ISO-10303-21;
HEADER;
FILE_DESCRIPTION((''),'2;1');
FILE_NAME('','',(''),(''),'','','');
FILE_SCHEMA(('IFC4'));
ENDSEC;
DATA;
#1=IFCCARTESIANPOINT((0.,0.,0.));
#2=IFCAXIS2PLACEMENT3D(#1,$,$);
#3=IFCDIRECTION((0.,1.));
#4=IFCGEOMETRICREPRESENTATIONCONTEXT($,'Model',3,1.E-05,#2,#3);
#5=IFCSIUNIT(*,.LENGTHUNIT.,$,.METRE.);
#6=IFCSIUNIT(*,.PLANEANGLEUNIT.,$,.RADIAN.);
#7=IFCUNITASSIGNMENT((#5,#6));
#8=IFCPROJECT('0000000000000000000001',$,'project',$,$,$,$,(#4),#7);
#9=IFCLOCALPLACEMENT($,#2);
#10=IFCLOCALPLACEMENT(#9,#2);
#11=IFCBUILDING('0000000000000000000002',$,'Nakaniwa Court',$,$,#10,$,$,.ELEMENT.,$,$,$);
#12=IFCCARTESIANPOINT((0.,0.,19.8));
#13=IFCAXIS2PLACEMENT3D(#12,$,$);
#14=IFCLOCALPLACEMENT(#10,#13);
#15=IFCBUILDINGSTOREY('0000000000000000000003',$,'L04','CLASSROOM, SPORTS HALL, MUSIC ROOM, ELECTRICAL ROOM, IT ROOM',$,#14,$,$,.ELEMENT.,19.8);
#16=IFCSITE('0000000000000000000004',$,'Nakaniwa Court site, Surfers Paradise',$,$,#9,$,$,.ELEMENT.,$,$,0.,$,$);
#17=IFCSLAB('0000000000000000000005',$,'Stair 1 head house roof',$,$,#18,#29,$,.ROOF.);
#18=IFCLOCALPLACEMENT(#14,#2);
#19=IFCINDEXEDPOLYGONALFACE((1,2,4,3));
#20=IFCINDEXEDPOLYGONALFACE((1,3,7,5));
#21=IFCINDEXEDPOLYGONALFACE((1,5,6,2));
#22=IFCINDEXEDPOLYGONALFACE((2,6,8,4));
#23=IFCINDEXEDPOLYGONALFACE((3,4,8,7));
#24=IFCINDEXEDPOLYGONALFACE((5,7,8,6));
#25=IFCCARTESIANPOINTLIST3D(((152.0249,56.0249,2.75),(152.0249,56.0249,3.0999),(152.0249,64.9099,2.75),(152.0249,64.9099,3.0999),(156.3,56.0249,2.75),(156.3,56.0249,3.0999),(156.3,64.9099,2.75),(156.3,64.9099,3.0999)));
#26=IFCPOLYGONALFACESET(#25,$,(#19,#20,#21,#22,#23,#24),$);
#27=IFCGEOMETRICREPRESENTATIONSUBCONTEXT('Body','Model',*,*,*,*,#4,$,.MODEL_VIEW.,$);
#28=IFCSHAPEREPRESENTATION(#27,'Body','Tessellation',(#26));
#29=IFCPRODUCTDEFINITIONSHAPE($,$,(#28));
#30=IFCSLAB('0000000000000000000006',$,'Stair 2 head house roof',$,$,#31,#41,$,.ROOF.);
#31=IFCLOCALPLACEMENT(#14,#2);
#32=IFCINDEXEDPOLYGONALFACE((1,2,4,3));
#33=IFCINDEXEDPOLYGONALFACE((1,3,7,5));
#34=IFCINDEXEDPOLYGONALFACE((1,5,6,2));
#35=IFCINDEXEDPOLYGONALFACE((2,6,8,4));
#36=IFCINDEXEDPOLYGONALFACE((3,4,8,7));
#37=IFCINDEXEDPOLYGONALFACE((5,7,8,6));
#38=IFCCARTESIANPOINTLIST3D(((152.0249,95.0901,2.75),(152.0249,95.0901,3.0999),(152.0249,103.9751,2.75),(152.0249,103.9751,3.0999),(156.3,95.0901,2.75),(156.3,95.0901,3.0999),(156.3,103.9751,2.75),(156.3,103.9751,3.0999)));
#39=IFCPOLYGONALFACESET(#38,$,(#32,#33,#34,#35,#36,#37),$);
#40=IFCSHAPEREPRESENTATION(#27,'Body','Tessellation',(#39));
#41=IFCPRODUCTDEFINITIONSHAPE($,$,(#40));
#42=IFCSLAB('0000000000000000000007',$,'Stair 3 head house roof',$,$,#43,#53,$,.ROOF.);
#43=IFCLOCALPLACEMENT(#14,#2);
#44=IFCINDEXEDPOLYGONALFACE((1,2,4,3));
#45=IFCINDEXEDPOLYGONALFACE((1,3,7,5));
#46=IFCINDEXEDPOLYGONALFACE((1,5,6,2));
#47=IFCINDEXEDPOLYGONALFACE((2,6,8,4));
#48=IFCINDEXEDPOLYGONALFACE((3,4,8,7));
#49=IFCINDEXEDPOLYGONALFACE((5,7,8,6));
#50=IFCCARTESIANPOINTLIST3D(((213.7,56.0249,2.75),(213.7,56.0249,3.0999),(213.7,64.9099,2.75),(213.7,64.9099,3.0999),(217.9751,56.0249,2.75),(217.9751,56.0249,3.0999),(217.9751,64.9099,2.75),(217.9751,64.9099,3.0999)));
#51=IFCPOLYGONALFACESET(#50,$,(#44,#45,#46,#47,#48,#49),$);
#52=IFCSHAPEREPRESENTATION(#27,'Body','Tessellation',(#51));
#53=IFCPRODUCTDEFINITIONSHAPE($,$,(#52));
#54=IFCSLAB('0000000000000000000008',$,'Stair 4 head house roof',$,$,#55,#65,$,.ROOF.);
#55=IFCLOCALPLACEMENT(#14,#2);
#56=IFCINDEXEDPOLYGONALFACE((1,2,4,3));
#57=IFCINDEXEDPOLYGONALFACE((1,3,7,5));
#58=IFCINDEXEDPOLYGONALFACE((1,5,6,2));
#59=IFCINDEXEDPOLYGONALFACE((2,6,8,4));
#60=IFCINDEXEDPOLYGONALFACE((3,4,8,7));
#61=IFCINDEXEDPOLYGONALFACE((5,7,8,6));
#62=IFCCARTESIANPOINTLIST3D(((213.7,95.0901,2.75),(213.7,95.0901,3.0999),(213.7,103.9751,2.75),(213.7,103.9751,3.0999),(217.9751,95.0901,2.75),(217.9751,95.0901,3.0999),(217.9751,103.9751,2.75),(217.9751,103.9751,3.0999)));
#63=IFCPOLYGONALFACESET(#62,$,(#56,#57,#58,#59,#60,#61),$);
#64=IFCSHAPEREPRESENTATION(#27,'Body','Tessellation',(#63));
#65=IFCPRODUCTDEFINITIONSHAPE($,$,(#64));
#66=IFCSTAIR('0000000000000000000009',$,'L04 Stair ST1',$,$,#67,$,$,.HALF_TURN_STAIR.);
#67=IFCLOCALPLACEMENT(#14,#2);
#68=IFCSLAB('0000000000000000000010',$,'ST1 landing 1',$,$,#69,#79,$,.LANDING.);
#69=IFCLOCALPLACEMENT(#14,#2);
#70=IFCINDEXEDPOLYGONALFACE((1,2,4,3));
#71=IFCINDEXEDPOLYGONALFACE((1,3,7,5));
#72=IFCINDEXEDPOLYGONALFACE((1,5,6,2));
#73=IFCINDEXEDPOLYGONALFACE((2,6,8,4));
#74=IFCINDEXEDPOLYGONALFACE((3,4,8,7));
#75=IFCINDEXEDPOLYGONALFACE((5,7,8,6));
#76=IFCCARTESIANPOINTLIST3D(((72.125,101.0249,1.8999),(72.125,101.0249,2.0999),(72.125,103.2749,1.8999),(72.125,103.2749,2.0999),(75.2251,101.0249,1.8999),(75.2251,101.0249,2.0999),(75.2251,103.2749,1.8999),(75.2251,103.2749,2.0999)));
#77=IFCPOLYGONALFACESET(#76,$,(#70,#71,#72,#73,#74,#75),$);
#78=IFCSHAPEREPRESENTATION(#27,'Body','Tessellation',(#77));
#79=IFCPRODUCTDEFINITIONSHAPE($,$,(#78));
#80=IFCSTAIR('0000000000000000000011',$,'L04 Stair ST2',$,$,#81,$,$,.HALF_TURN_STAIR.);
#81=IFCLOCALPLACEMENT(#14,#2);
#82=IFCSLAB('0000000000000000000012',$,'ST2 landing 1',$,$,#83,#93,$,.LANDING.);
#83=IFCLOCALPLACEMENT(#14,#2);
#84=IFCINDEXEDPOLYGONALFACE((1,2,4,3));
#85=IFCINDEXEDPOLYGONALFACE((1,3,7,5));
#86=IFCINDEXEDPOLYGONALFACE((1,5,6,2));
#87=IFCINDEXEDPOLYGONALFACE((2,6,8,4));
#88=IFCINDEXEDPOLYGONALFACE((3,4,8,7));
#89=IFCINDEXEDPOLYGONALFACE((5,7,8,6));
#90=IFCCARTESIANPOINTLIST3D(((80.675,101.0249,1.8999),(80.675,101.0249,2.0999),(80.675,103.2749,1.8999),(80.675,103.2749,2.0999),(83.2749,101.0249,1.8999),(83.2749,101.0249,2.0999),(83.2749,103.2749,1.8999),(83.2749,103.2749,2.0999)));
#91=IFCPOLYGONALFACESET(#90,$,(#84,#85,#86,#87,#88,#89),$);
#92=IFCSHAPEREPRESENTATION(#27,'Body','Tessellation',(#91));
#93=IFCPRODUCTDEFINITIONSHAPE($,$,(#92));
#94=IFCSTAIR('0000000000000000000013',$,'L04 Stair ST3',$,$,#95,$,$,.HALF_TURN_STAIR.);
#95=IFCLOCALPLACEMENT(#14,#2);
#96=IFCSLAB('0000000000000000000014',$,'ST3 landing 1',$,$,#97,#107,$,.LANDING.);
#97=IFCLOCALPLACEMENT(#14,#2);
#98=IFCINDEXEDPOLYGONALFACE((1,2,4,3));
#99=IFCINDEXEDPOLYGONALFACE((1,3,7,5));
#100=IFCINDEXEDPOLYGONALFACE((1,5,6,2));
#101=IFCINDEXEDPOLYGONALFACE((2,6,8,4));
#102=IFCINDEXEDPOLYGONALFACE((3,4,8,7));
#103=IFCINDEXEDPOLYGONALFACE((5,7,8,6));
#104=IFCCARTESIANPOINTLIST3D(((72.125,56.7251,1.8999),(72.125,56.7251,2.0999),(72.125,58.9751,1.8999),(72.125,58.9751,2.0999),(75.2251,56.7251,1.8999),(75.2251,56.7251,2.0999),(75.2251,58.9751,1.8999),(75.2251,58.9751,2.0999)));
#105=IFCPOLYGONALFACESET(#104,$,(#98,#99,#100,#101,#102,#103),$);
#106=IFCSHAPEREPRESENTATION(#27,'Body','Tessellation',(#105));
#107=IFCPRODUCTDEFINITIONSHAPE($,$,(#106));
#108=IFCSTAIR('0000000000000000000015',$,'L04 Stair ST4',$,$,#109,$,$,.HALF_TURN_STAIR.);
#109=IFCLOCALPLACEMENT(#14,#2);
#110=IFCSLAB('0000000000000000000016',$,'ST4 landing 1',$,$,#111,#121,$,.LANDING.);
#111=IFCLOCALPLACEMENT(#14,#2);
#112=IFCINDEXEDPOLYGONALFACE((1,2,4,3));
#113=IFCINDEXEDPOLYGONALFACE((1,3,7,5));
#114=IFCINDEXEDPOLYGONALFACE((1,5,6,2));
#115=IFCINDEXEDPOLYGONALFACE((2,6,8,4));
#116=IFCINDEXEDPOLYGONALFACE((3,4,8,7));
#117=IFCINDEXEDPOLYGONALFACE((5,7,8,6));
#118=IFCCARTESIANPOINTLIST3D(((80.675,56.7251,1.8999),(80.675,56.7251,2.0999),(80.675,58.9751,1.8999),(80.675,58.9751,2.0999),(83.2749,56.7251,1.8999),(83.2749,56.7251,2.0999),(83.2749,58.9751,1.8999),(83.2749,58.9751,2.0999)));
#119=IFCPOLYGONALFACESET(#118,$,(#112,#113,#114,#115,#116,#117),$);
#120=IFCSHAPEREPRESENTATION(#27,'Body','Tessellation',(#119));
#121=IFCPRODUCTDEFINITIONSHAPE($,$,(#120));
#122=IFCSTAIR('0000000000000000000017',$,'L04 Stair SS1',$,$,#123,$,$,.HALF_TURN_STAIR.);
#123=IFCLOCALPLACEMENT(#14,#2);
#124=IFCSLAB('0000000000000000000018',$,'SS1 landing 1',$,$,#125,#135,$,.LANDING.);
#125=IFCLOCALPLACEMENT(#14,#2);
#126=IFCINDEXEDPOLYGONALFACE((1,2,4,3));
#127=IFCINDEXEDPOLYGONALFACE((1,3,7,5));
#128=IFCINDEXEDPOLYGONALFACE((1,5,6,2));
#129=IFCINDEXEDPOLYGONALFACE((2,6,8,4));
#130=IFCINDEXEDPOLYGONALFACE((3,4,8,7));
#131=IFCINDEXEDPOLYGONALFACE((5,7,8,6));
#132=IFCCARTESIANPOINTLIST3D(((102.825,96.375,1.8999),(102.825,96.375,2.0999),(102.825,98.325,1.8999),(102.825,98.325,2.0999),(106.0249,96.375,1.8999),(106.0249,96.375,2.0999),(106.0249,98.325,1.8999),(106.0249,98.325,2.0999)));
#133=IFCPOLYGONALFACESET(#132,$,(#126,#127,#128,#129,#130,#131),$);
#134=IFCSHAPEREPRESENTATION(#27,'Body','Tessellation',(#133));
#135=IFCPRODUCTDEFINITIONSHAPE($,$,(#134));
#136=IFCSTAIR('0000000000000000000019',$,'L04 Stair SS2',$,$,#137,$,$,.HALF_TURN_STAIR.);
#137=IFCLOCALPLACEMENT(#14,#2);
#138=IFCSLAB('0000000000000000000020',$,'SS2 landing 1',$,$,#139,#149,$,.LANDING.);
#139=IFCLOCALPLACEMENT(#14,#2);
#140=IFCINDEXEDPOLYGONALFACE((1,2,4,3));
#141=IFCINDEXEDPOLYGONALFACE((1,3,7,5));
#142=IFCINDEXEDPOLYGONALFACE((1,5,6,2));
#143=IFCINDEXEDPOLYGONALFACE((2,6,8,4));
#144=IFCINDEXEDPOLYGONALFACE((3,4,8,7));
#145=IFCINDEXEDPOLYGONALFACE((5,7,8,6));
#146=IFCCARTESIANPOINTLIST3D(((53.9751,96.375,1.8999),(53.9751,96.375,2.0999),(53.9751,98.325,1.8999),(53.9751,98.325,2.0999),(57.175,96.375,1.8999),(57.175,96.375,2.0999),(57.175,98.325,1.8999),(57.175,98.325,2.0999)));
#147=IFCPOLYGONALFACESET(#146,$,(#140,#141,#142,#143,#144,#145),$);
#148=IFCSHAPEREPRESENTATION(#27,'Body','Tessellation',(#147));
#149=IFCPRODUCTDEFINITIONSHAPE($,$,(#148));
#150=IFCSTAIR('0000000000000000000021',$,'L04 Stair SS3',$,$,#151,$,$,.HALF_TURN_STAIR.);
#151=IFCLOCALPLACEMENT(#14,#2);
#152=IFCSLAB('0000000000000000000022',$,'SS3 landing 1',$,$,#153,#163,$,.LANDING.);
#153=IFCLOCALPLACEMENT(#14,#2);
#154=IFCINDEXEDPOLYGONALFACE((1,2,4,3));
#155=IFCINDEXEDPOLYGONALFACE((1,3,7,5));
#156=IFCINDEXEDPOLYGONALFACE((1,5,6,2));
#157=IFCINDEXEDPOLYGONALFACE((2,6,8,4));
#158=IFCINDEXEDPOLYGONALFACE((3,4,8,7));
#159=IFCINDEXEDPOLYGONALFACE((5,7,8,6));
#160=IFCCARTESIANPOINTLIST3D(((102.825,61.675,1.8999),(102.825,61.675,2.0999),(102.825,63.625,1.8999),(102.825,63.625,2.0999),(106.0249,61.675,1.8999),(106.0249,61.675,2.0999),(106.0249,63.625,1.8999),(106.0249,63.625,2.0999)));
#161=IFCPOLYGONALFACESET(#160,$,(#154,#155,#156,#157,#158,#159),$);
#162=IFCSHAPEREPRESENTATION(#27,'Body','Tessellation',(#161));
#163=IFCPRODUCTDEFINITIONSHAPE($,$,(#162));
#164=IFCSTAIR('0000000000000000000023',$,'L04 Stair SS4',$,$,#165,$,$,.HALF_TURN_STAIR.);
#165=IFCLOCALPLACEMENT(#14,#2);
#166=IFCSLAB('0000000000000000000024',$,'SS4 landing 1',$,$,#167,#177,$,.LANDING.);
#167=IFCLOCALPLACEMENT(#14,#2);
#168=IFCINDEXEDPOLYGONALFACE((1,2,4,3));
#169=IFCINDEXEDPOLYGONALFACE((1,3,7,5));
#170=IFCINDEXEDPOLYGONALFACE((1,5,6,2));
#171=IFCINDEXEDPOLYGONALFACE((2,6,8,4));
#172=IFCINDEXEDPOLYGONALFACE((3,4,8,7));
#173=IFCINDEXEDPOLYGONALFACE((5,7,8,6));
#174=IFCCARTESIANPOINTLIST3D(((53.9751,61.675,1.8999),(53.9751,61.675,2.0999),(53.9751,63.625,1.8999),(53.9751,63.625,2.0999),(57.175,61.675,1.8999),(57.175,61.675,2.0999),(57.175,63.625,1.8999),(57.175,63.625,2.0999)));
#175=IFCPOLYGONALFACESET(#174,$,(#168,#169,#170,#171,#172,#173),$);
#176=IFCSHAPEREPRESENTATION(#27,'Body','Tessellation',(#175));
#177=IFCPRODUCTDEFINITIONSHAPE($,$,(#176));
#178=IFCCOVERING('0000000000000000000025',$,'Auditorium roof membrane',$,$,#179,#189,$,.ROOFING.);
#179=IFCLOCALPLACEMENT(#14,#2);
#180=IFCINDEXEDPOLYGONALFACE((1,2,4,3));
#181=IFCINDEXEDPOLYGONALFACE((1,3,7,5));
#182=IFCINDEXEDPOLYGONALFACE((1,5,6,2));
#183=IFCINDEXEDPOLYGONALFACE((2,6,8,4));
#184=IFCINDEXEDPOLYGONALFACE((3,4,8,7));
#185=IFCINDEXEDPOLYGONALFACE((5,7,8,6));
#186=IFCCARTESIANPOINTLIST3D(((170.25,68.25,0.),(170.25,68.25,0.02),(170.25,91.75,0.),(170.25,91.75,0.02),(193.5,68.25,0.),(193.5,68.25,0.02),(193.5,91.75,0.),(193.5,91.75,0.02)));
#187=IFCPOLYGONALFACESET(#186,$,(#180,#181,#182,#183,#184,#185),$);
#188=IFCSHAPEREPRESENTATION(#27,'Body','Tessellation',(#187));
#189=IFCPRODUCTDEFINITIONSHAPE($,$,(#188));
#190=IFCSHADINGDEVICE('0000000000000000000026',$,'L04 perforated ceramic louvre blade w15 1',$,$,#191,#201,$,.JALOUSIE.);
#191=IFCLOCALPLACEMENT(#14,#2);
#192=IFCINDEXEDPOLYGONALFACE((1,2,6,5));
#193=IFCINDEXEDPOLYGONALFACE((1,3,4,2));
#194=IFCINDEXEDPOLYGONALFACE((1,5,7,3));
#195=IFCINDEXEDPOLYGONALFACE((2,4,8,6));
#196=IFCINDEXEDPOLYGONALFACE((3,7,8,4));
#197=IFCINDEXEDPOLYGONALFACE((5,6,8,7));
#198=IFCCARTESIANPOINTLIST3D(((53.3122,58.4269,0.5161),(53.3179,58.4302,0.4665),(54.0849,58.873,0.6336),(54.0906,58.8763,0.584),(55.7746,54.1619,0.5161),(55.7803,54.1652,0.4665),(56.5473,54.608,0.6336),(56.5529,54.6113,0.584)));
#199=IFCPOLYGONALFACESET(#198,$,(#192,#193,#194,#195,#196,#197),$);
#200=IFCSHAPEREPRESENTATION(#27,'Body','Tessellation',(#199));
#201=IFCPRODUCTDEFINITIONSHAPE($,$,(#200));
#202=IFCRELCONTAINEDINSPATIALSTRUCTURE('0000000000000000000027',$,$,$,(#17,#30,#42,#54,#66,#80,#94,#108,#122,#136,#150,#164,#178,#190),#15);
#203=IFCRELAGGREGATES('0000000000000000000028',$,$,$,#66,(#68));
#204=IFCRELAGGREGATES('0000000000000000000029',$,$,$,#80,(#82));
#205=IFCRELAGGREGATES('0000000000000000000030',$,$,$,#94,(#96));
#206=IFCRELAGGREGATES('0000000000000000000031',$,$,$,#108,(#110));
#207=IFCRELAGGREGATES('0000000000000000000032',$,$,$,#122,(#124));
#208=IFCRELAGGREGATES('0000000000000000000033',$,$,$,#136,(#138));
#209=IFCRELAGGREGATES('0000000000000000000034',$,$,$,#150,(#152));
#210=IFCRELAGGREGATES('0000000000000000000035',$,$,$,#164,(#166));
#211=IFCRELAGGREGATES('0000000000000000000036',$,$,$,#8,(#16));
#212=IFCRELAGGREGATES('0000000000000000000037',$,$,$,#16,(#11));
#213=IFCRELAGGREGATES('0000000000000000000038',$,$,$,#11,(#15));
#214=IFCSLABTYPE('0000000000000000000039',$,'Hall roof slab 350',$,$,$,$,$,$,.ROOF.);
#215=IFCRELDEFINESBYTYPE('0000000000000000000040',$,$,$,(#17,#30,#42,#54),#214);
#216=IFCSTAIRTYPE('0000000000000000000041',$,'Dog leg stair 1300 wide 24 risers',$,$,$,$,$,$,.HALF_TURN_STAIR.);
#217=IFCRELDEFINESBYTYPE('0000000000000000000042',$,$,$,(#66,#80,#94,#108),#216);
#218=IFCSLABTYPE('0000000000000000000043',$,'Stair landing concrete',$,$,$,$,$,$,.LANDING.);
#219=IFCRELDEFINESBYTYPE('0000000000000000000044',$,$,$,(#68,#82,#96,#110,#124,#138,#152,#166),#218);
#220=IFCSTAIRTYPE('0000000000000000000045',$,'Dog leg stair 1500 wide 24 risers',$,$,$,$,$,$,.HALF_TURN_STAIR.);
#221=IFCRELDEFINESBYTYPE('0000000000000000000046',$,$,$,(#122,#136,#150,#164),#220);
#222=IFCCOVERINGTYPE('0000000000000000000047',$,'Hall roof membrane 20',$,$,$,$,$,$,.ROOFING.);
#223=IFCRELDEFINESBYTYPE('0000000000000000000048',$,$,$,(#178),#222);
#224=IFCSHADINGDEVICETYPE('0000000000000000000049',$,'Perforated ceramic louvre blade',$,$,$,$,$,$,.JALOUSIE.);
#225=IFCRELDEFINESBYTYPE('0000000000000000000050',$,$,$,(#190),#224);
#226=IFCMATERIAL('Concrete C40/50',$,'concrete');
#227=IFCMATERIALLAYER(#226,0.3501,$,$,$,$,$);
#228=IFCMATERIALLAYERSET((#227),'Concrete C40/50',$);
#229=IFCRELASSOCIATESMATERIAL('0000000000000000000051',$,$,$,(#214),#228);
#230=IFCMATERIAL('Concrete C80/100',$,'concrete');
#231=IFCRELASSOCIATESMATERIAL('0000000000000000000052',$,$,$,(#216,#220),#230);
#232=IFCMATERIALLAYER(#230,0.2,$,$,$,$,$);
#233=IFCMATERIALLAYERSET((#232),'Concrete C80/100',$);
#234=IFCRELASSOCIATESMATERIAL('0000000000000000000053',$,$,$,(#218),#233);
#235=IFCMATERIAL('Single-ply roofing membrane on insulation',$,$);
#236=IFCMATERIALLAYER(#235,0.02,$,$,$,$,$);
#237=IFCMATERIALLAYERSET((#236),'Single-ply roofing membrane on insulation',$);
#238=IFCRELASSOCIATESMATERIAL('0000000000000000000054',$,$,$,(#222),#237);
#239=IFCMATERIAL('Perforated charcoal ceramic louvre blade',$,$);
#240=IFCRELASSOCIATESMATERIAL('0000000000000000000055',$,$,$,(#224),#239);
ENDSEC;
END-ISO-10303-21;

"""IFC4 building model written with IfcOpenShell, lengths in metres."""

from ifc_helpers import new_model, si_unit, direction, frame, origin, origin_2d, place, context, subcontext, project, spatial, polyline, rectangle, outline, extrude, material, layer, layer_set, material_profile, profile_set, type_object, element, aggregate, save


model = new_model("IFC4")

# Units and contexts
model_context = context("Model", 3, precision=1e-05, world=origin(), true_north=direction((0.0, 1.0)))
body_context = subcontext(model_context, "Body", "Model", "MODEL_VIEW")
ifc_project = project(units=[si_unit("LENGTHUNIT", "METRE"), si_unit("PLANEANGLEUNIT", "RADIAN")], contexts=[model_context])

# Site, building, storey
site_placement = place(None, origin())
site = spatial("IfcSite", under=ifc_project, at=site_placement, Name="Nakaniwa Court site, Surfers Paradise", CompositionType="ELEMENT", RefElevation=0.0)
building_placement = place(site_placement, origin())
building = spatial("IfcBuilding", under=site, at=building_placement, Name="Nakaniwa Court", CompositionType="ELEMENT")
storey_placement = place(building_placement, frame((0.0, 0.0, 19.8)))
storey = spatial("IfcBuildingStorey", under=building, at=storey_placement, Name="L04", Description="CLASSROOM, SPORTS HALL, MUSIC ROOM, ELECTRICAL ROOM, IT ROOM", CompositionType="ELEMENT", Elevation=19.8)

# Shared definitions
ifc_material_1 = material(Name="Concrete C40/50", Category="concrete")

# Shared definitions
ifc_layer_1 = layer(ifc_material_1, 0.3501)
ifc_layer_set_1 = layer_set([ifc_layer_1], Name="Concrete C40/50")
slab_type_1 = type_object("IfcSlabType", Name="Hall roof slab 350", PredefinedType="ROOF", material=ifc_layer_set_1)

# Slabs
slab_1_placement = place(storey_placement, frame((0.0, 0.0, 2.75)))
element("IfcSlab", 1, at=slab_1_placement, inside=storey, type_object=slab_type_1, Name="Stair 1 head house roof", PredefinedType="ROOF", context=body_context, shape_type="SweptSolid", body=[
    extrude(outline(polyline([(156.3, 56.0249), (156.3, 64.9099), (152.0249, 64.9099), (152.0249, 56.0249), (156.3, 56.0249)])), origin(), (0.0, 0.0, 1.0), 0.3499),
])
slab_2_placement = place(storey_placement, frame((0.0, 0.0, 2.75)))
element("IfcSlab", 2, at=slab_2_placement, inside=storey, type_object=slab_type_1, Name="Stair 2 head house roof", PredefinedType="ROOF", context=body_context, shape_type="SweptSolid", body=[
    extrude(outline(polyline([(156.3, 95.0901), (156.3, 103.9751), (152.0249, 103.9751), (152.0249, 95.0901), (156.3, 95.0901)])), origin(), (0.0, 0.0, 1.0), 0.3499),
])
slab_3_placement = place(storey_placement, frame((0.0, 0.0, 2.75)))
element("IfcSlab", 3, at=slab_3_placement, inside=storey, type_object=slab_type_1, Name="Stair 3 head house roof", PredefinedType="ROOF", context=body_context, shape_type="SweptSolid", body=[
    extrude(outline(polyline([(217.9751, 56.0249), (217.9751, 64.9099), (213.7, 64.9099), (213.7, 56.0249), (217.9751, 56.0249)])), origin(), (0.0, 0.0, 1.0), 0.3499),
])
slab_4_placement = place(storey_placement, frame((0.0, 0.0, 2.75)))
element("IfcSlab", 4, at=slab_4_placement, inside=storey, type_object=slab_type_1, Name="Stair 4 head house roof", PredefinedType="ROOF", context=body_context, shape_type="SweptSolid", body=[
    extrude(outline(polyline([(217.9751, 95.0901), (217.9751, 103.9751), (213.7, 103.9751), (213.7, 95.0901), (217.9751, 95.0901)])), origin(), (0.0, 0.0, 1.0), 0.3499),
])

# Stairs, slabs
ifc_material_2 = material(Name="Concrete C80/100", Category="concrete")
stair_type_1 = type_object("IfcStairType", Name="Dog leg stair 1300 wide 24 risers", PredefinedType="HALF_TURN_STAIR", material=ifc_material_2)
stair_1_placement = place(storey_placement, origin())
stair_1 = element("IfcStair", 5, at=stair_1_placement, inside=storey, type_object=stair_type_1, Name="L04 Stair ST1", PredefinedType="HALF_TURN_STAIR")
ifc_layer_2 = layer(ifc_material_2, 0.2)
ifc_layer_set_2 = layer_set([ifc_layer_2], Name="Concrete C80/100")
slab_type_2 = type_object("IfcSlabType", Name="Stair landing concrete", PredefinedType="LANDING", material=ifc_layer_set_2)
slab_5_placement = place(storey_placement, frame((0.0, 0.0, 1.8999)))
slab_5 = element("IfcSlab", 6, at=slab_5_placement, type_object=slab_type_2, Name="ST1 landing 1", PredefinedType="LANDING", context=body_context, shape_type="SweptSolid", body=[
    extrude(outline(polyline([(75.2251, 101.0249), (75.2251, 103.2749), (72.125, 103.2749), (72.125, 101.0249), (75.2251, 101.0249)])), origin(), (0.0, 0.0, 1.0), 0.2),
])
aggregate(stair_1, [slab_5])
stair_2_placement = place(storey_placement, origin())
stair_2 = element("IfcStair", 7, at=stair_2_placement, inside=storey, type_object=stair_type_1, Name="L04 Stair ST2", PredefinedType="HALF_TURN_STAIR")
slab_6_placement = place(storey_placement, frame((0.0, 0.0, 1.8999)))
slab_6 = element("IfcSlab", 8, at=slab_6_placement, type_object=slab_type_2, Name="ST2 landing 1", PredefinedType="LANDING", context=body_context, shape_type="SweptSolid", body=[
    extrude(outline(polyline([(83.2749, 101.0249), (83.2749, 103.2749), (80.675, 103.2749), (80.675, 101.0249), (83.2749, 101.0249)])), origin(), (0.0, 0.0, 1.0), 0.2),
])
aggregate(stair_2, [slab_6])
stair_3_placement = place(storey_placement, origin())
stair_3 = element("IfcStair", 9, at=stair_3_placement, inside=storey, type_object=stair_type_1, Name="L04 Stair ST3", PredefinedType="HALF_TURN_STAIR")
slab_7_placement = place(storey_placement, frame((0.0, 0.0, 1.8999)))
slab_7 = element("IfcSlab", 10, at=slab_7_placement, type_object=slab_type_2, Name="ST3 landing 1", PredefinedType="LANDING", context=body_context, shape_type="SweptSolid", body=[
    extrude(outline(polyline([(75.2251, 56.7251), (75.2251, 58.9751), (72.125, 58.9751), (72.125, 56.7251), (75.2251, 56.7251)])), origin(), (0.0, 0.0, 1.0), 0.2),
])
aggregate(stair_3, [slab_7])
stair_4_placement = place(storey_placement, origin())
stair_4 = element("IfcStair", 11, at=stair_4_placement, inside=storey, type_object=stair_type_1, Name="L04 Stair ST4", PredefinedType="HALF_TURN_STAIR")
slab_8_placement = place(storey_placement, frame((0.0, 0.0, 1.8999)))
slab_8 = element("IfcSlab", 12, at=slab_8_placement, type_object=slab_type_2, Name="ST4 landing 1", PredefinedType="LANDING", context=body_context, shape_type="SweptSolid", body=[
    extrude(outline(polyline([(83.2749, 56.7251), (83.2749, 58.9751), (80.675, 58.9751), (80.675, 56.7251), (83.2749, 56.7251)])), origin(), (0.0, 0.0, 1.0), 0.2),
])
aggregate(stair_4, [slab_8])
stair_type_2 = type_object("IfcStairType", Name="Dog leg stair 1500 wide 24 risers", PredefinedType="HALF_TURN_STAIR", material=ifc_material_2)
stair_5_placement = place(storey_placement, origin())
stair_5 = element("IfcStair", 13, at=stair_5_placement, inside=storey, type_object=stair_type_2, Name="L04 Stair SS1", PredefinedType="HALF_TURN_STAIR")
slab_9_placement = place(storey_placement, frame((0.0, 0.0, 1.8999)))
slab_9 = element("IfcSlab", 14, at=slab_9_placement, type_object=slab_type_2, Name="SS1 landing 1", PredefinedType="LANDING", context=body_context, shape_type="SweptSolid", body=[
    extrude(outline(polyline([(106.0249, 96.375), (106.0249, 98.325), (102.825, 98.325), (102.825, 96.375), (106.0249, 96.375)])), origin(), (0.0, 0.0, 1.0), 0.2),
])
aggregate(stair_5, [slab_9])
stair_6_placement = place(storey_placement, origin())
stair_6 = element("IfcStair", 15, at=stair_6_placement, inside=storey, type_object=stair_type_2, Name="L04 Stair SS2", PredefinedType="HALF_TURN_STAIR")
slab_10_placement = place(storey_placement, frame((0.0, 0.0, 1.8999)))
slab_10 = element("IfcSlab", 16, at=slab_10_placement, type_object=slab_type_2, Name="SS2 landing 1", PredefinedType="LANDING", context=body_context, shape_type="SweptSolid", body=[
    extrude(outline(polyline([(57.175, 96.375), (57.175, 98.325), (53.9751, 98.325), (53.9751, 96.375), (57.175, 96.375)])), origin(), (0.0, 0.0, 1.0), 0.2),
])
aggregate(stair_6, [slab_10])
stair_7_placement = place(storey_placement, origin())
stair_7 = element("IfcStair", 17, at=stair_7_placement, inside=storey, type_object=stair_type_2, Name="L04 Stair SS3", PredefinedType="HALF_TURN_STAIR")
slab_11_placement = place(storey_placement, frame((0.0, 0.0, 1.8999)))
slab_11 = element("IfcSlab", 18, at=slab_11_placement, type_object=slab_type_2, Name="SS3 landing 1", PredefinedType="LANDING", context=body_context, shape_type="SweptSolid", body=[
    extrude(outline(polyline([(106.0249, 61.675), (106.0249, 63.625), (102.825, 63.625), (102.825, 61.675), (106.0249, 61.675)])), origin(), (0.0, 0.0, 1.0), 0.2),
])
aggregate(stair_7, [slab_11])
stair_8_placement = place(storey_placement, origin())
stair_8 = element("IfcStair", 19, at=stair_8_placement, inside=storey, type_object=stair_type_2, Name="L04 Stair SS4", PredefinedType="HALF_TURN_STAIR")
slab_12_placement = place(storey_placement, frame((0.0, 0.0, 1.8999)))
slab_12 = element("IfcSlab", 20, at=slab_12_placement, type_object=slab_type_2, Name="SS4 landing 1", PredefinedType="LANDING", context=body_context, shape_type="SweptSolid", body=[
    extrude(outline(polyline([(57.175, 61.675), (57.175, 63.625), (53.9751, 63.625), (53.9751, 61.675), (57.175, 61.675)])), origin(), (0.0, 0.0, 1.0), 0.2),
])
aggregate(stair_8, [slab_12])

# Covering
ifc_material_3 = material(Name="Single-ply roofing membrane on insulation")
ifc_layer_3 = layer(ifc_material_3, 0.02)
ifc_layer_set_3 = layer_set([ifc_layer_3], Name="Single-ply roofing membrane on insulation")
covering_type = type_object("IfcCoveringType", Name="Hall roof membrane 20", PredefinedType="ROOFING", material=ifc_layer_set_3)
covering_1_placement = place(storey_placement, origin())
element("IfcCovering", 21, at=covering_1_placement, inside=storey, type_object=covering_type, Name="Auditorium roof membrane", PredefinedType="ROOFING", context=body_context, shape_type="SweptSolid", body=[
    extrude(outline(polyline([(193.5, 68.25), (193.5, 91.75), (170.25, 91.75), (170.25, 68.25), (193.5, 68.25)])), origin(), (0.0, 0.0, 1.0), 0.02),
])

# Shading device
ifc_material_4 = material(Name="Perforated charcoal ceramic louvre blade")
ifc_material_profile = material_profile(ifc_material_4, rectangle(XDim=0.8999, YDim=0.05, at=origin_2d()), Name="Perforated ceramic louvre blade")
ifc_profile_set = profile_set([ifc_material_profile], Name="Perforated charcoal ceramic louvre blade")
shading_device_type = type_object("IfcShadingDeviceType", Name="Perforated ceramic louvre blade", PredefinedType="JALOUSIE", material=ifc_profile_set)
shading_device_placement = place(storey_placement, frame((53.7014, 58.6516, 0.55), z_axis=(0.499989, -0.866032, 0.0), x_axis=(0.858623, 0.495711, 0.130526)))
element("IfcShadingDevice", 22, at=shading_device_placement, inside=storey, type_object=shading_device_type, Name="L04 perforated ceramic louvre blade w15 1", PredefinedType="JALOUSIE", context=body_context, shape_type="SweptSolid", body=[
    extrude(rectangle(XDim=0.8999, YDim=0.05, at=origin_2d()), origin(), (0.0, 0.0, 1.0), 4.9248),
])

save(model, "model.ifc")
